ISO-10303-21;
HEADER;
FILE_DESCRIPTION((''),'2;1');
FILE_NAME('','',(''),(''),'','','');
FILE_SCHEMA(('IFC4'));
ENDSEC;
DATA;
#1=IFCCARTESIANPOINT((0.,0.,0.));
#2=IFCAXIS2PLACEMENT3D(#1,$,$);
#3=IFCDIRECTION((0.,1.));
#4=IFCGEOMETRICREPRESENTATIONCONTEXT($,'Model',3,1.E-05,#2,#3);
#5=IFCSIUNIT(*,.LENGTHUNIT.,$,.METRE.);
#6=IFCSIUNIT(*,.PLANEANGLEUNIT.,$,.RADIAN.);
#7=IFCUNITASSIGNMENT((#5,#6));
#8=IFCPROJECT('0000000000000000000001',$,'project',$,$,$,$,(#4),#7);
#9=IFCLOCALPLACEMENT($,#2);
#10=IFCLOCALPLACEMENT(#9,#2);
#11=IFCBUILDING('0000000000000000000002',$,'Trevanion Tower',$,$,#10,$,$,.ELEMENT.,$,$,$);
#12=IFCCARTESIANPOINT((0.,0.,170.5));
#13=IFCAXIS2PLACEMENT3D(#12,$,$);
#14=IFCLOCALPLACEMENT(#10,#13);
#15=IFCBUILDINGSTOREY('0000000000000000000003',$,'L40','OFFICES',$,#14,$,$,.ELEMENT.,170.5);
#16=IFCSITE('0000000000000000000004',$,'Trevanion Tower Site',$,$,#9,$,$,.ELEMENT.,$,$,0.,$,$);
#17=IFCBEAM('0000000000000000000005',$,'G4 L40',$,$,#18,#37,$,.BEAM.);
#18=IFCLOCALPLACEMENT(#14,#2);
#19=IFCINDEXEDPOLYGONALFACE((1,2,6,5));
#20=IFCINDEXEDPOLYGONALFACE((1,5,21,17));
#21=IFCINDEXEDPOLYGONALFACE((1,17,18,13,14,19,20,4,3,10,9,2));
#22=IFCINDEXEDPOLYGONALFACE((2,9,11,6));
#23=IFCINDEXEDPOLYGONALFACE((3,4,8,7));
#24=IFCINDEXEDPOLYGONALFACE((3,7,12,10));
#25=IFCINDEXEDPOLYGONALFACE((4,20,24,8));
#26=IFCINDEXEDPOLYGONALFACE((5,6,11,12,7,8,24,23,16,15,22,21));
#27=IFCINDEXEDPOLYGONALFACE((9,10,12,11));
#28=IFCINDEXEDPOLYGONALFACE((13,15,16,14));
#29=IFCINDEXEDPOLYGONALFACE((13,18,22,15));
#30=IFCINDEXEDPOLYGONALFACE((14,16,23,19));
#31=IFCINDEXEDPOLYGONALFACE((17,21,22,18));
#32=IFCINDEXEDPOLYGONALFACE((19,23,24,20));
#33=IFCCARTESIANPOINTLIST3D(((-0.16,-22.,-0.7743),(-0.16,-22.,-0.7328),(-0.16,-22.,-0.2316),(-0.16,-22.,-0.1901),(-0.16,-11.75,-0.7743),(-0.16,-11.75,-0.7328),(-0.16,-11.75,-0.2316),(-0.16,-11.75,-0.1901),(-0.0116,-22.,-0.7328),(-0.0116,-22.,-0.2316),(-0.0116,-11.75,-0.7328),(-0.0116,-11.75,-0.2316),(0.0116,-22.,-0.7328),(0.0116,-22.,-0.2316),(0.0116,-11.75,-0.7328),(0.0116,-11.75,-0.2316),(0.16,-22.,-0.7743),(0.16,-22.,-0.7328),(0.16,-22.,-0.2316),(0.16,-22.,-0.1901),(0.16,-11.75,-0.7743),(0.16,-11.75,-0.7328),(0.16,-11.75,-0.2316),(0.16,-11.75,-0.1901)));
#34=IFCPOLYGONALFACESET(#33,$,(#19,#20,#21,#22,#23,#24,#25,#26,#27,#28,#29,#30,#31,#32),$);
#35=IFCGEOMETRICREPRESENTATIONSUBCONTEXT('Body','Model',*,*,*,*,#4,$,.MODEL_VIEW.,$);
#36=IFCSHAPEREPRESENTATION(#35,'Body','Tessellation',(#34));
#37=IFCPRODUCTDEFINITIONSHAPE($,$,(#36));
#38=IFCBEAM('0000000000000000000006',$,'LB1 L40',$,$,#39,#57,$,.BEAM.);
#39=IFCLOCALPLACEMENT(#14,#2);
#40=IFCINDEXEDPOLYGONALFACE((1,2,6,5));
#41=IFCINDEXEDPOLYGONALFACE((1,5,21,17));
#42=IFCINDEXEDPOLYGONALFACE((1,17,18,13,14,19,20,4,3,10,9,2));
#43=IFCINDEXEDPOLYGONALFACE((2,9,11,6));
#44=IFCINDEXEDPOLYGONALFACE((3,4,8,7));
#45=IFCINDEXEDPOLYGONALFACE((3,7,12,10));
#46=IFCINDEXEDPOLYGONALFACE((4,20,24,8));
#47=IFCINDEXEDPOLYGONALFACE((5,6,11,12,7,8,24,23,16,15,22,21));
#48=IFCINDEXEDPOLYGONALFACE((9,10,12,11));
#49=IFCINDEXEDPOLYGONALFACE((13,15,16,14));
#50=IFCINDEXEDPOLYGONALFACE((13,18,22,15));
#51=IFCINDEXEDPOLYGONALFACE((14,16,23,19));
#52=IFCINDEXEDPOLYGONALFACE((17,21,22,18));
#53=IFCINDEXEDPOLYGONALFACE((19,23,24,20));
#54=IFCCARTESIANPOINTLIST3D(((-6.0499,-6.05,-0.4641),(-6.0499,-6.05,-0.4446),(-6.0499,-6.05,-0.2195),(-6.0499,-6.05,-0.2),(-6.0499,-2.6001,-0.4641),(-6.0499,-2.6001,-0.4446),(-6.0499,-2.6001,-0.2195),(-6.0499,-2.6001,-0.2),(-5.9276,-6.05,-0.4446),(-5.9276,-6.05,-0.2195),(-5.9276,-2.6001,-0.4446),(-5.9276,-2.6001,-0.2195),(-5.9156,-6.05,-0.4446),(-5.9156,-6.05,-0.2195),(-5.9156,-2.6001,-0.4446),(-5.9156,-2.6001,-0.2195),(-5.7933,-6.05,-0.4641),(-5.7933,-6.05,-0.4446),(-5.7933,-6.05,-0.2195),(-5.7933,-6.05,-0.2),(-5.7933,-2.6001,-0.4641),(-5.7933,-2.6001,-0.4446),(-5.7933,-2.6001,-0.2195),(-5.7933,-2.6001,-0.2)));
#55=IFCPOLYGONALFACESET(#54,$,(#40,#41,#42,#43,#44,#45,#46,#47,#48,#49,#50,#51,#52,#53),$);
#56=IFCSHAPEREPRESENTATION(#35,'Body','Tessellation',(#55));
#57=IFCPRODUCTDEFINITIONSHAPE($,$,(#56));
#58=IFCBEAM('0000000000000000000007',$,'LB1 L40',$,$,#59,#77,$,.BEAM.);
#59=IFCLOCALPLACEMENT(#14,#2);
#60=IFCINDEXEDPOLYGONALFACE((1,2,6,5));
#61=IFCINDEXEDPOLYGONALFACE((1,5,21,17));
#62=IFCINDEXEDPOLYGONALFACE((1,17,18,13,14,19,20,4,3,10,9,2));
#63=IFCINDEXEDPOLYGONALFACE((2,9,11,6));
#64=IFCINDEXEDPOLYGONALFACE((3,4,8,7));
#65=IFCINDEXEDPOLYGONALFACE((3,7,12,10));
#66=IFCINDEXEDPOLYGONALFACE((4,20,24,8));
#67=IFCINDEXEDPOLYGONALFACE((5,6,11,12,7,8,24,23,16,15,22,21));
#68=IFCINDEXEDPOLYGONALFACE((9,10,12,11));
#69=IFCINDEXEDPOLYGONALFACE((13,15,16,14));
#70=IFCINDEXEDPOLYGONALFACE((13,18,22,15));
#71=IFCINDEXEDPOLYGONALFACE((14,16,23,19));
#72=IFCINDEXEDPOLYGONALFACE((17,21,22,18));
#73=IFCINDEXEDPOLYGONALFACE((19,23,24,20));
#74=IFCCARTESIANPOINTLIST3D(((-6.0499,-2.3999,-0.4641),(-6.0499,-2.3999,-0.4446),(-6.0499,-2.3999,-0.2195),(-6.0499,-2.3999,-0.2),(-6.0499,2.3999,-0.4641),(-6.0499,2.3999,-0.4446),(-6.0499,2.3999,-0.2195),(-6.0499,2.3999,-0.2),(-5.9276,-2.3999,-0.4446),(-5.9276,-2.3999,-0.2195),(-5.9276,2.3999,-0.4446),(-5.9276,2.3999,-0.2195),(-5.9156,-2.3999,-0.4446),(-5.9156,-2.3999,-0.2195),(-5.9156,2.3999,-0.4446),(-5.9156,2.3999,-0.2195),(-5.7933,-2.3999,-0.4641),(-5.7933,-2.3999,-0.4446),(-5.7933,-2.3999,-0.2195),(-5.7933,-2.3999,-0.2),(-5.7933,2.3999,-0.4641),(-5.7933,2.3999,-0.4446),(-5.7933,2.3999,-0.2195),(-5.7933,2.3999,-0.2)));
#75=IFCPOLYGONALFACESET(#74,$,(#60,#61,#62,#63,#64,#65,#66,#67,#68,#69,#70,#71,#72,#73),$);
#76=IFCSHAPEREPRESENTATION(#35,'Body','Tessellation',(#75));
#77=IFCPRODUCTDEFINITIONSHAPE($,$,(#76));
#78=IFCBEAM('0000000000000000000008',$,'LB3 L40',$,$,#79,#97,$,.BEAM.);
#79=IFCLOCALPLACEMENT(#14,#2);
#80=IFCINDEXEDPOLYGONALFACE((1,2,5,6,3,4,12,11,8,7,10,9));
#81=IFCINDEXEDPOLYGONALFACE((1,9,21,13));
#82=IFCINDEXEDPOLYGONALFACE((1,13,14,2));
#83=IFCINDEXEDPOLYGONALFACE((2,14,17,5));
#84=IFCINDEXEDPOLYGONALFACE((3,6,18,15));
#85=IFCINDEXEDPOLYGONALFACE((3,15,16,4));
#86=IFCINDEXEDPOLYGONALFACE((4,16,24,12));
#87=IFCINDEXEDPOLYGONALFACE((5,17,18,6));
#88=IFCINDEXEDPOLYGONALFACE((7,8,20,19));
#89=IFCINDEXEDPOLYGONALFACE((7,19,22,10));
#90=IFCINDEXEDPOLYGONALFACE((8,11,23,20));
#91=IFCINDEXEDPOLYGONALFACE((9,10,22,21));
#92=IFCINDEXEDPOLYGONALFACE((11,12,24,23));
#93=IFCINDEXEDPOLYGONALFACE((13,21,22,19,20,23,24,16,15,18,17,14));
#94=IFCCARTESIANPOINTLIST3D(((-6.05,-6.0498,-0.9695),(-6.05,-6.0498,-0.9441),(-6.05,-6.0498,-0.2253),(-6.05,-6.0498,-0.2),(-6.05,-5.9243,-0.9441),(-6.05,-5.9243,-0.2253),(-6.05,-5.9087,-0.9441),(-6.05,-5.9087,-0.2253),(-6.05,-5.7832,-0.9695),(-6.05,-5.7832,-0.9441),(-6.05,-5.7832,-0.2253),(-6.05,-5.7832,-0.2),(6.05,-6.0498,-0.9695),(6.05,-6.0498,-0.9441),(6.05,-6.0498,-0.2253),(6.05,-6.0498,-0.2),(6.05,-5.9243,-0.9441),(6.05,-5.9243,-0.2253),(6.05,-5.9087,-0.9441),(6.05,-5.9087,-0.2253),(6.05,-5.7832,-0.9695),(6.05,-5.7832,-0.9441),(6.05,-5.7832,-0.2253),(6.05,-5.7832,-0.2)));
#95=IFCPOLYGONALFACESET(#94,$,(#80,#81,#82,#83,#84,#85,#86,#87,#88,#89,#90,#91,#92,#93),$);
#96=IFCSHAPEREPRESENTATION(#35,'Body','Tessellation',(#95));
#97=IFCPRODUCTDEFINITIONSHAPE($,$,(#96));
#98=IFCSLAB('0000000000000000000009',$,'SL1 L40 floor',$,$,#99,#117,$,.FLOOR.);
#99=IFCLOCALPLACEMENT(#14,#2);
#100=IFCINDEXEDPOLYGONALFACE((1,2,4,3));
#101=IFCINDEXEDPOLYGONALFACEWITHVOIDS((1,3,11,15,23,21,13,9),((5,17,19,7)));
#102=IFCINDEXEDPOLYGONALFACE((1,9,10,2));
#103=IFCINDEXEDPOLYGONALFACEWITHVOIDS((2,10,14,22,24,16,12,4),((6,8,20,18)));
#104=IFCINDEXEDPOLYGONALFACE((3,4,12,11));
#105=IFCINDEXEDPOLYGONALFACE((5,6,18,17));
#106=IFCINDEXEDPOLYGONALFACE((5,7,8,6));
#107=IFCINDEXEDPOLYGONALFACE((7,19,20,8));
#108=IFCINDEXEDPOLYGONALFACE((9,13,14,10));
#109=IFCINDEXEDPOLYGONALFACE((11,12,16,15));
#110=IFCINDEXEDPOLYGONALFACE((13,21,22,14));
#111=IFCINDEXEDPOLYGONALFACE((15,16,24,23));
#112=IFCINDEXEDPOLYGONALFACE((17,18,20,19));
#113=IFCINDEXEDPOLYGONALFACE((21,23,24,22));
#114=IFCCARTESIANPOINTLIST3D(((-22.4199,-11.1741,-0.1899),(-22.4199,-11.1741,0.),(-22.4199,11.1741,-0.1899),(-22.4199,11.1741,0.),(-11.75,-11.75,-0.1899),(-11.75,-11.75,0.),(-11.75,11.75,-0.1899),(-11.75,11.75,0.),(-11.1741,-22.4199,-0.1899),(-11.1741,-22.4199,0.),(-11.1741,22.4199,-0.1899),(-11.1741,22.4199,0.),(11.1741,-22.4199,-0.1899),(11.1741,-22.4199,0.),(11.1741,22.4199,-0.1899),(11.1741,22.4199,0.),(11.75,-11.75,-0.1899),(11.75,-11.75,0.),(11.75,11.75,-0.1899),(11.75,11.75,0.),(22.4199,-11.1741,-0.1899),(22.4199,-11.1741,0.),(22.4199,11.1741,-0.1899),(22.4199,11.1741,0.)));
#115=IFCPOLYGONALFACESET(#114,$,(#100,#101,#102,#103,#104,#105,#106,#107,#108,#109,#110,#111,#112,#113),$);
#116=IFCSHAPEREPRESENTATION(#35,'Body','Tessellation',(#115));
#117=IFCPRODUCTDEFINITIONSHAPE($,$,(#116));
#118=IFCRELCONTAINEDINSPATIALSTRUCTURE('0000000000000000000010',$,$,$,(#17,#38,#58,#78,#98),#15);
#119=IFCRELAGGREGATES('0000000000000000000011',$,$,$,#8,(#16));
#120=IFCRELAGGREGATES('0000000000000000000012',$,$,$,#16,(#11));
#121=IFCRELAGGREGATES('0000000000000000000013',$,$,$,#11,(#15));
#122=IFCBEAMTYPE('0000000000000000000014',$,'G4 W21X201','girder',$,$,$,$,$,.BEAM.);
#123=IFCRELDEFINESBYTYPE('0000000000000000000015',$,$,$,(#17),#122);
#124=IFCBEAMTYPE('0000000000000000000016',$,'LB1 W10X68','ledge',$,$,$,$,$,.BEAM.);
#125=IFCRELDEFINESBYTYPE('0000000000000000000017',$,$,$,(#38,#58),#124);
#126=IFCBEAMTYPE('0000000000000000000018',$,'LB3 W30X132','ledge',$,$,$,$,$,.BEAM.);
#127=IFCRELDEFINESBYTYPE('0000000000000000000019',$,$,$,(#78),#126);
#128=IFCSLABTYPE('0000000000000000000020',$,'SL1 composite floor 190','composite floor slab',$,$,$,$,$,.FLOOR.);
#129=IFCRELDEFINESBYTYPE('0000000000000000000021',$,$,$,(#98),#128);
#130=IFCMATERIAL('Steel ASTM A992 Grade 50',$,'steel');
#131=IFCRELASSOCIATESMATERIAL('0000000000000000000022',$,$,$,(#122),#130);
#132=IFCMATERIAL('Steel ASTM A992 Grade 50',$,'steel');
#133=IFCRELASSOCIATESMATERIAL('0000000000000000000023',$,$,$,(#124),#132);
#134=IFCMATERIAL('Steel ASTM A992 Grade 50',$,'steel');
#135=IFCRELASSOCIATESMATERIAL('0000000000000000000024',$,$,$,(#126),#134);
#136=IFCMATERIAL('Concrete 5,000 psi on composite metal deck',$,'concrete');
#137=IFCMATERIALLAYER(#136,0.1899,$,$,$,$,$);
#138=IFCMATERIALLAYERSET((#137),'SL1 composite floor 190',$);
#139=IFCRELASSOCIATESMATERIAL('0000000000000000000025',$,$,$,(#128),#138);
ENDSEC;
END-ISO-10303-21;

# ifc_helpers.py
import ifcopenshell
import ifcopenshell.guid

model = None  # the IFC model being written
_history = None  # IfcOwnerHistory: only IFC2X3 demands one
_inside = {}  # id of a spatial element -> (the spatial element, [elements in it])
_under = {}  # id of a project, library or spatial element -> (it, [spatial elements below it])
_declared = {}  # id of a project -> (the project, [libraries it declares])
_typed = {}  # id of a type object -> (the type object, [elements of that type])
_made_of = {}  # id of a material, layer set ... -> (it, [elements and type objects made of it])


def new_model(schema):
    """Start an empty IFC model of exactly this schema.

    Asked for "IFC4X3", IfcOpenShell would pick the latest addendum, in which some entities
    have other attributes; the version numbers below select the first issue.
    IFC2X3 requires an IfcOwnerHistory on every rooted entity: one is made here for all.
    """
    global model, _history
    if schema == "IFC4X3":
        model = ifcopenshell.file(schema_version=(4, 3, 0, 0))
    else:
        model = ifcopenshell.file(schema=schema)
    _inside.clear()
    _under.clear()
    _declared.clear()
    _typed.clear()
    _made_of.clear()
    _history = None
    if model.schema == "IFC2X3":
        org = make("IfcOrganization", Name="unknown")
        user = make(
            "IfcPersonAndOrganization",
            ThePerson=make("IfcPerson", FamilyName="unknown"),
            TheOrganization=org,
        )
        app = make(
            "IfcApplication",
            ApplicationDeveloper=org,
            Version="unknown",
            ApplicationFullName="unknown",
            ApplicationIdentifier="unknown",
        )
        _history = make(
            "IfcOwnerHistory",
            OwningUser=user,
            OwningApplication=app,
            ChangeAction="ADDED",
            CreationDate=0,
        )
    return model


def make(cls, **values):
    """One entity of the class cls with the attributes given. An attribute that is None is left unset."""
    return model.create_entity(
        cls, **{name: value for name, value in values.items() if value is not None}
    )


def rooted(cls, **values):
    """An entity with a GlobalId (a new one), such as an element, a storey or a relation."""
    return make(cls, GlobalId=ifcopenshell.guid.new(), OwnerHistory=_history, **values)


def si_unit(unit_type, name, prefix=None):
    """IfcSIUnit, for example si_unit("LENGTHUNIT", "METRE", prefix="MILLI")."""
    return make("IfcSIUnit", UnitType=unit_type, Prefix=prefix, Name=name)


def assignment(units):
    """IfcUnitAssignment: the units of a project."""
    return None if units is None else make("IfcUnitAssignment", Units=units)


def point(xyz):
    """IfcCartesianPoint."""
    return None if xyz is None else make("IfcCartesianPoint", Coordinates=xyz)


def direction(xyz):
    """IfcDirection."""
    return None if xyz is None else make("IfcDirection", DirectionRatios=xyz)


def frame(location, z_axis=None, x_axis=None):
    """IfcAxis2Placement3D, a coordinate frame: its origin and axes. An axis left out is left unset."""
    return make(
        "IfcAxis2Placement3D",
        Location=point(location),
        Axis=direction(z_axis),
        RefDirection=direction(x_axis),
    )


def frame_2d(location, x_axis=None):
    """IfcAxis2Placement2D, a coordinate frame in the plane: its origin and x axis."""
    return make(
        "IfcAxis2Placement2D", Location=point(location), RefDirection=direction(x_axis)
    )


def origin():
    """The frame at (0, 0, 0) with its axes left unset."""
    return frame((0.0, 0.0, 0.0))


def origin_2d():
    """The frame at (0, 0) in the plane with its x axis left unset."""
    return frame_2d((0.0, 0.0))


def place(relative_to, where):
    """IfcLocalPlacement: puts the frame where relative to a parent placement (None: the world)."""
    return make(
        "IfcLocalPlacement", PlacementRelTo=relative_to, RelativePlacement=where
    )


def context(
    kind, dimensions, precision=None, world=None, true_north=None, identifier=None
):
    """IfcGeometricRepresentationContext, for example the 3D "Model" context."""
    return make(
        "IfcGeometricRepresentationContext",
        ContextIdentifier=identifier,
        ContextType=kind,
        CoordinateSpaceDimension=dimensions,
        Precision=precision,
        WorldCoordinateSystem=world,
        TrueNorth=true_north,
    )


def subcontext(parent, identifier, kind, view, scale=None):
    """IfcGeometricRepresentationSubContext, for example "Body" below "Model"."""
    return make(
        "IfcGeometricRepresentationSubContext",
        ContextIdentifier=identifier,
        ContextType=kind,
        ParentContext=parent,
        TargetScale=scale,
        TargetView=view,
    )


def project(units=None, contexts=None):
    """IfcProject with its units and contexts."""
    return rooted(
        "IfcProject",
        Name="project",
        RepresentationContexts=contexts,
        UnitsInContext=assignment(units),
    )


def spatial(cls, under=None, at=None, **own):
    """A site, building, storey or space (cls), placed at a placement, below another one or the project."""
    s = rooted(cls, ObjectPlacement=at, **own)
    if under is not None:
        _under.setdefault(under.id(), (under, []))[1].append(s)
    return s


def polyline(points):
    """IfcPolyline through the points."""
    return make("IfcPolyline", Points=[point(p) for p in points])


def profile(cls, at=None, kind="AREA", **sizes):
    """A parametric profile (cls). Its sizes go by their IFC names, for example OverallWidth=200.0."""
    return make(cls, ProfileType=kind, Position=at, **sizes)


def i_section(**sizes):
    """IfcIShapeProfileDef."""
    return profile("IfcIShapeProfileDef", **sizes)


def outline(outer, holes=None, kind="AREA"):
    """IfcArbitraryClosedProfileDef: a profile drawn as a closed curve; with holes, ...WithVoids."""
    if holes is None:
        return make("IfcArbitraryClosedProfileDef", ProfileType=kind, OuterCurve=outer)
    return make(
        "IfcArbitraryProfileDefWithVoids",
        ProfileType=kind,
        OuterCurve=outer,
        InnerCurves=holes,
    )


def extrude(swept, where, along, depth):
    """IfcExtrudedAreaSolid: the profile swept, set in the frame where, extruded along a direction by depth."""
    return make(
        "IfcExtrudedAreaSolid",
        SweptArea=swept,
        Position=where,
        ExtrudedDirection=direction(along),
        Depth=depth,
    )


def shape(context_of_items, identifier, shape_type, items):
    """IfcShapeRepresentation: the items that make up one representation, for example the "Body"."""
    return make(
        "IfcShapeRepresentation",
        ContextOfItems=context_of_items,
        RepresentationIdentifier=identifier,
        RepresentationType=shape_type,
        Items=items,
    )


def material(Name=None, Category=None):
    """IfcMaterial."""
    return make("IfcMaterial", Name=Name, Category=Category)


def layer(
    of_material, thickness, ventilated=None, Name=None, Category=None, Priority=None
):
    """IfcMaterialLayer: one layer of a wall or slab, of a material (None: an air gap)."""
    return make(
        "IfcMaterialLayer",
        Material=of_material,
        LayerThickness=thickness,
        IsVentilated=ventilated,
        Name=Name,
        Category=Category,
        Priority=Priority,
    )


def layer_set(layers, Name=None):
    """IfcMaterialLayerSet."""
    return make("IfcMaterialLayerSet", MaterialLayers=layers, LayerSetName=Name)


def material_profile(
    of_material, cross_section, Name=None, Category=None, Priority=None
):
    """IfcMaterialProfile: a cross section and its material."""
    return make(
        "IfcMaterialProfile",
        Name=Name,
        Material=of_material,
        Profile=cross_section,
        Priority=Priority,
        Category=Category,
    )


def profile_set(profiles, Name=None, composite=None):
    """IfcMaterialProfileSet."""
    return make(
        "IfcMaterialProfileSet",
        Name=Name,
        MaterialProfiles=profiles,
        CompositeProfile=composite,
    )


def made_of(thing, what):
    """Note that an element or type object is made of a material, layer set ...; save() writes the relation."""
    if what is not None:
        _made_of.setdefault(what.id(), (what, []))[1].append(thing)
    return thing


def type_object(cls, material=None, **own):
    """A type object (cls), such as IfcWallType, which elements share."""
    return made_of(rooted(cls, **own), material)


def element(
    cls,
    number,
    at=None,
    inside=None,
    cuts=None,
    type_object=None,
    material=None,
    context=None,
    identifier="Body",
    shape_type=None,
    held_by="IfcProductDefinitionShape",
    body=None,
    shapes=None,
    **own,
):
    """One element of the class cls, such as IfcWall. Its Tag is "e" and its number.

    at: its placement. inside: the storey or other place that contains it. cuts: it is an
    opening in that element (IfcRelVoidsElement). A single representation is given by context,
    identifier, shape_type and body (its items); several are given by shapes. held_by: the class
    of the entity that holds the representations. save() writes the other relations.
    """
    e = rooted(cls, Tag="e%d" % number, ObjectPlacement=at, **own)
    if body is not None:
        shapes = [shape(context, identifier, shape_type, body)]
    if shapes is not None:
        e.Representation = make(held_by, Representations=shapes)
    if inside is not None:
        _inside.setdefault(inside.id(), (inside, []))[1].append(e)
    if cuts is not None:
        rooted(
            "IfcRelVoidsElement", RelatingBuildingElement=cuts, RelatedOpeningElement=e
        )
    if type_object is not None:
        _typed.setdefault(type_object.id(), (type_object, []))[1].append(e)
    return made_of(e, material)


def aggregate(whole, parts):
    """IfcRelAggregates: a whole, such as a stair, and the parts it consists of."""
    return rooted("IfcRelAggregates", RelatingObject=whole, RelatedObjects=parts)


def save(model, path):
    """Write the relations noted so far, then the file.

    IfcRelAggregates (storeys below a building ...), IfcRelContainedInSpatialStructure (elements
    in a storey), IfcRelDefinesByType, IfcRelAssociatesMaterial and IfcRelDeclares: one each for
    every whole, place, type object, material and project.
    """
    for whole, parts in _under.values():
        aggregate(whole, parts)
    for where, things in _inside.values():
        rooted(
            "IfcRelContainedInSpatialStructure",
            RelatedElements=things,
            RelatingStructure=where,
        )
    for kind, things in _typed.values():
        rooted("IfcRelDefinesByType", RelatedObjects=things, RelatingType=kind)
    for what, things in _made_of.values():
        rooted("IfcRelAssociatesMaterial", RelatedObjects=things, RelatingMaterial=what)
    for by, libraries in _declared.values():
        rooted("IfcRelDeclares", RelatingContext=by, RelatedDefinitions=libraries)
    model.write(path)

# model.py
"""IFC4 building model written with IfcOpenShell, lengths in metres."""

from ifc_helpers import new_model, si_unit, direction, frame, origin, origin_2d, place, context, subcontext, project, spatial, polyline, i_section, outline, extrude, material, layer, layer_set, material_profile, profile_set, type_object, element, save


model = new_model("IFC4")

# Units and contexts
model_context = context("Model", 3, precision=1e-05, world=origin(), true_north=direction((0.0, 1.0)))
body_context = subcontext(model_context, "Body", "Model", "MODEL_VIEW")
ifc_project = project(units=[si_unit("LENGTHUNIT", "METRE"), si_unit("PLANEANGLEUNIT", "RADIAN")], contexts=[model_context])

# Site, building, storey
site_placement = place(None, origin())
site = spatial("IfcSite", under=ifc_project, at=site_placement, Name="Trevanion Tower Site", CompositionType="ELEMENT", RefElevation=0.0)
building_placement = place(site_placement, origin())
building = spatial("IfcBuilding", under=site, at=building_placement, Name="Trevanion Tower", CompositionType="ELEMENT")
storey_placement = place(building_placement, frame((0.0, 0.0, 170.5)))
storey = spatial("IfcBuildingStorey", under=building, at=storey_placement, Name="L40", Description="OFFICES", CompositionType="ELEMENT", Elevation=170.5)

# Beams
ifc_material_1 = material(Name="Steel ASTM A992 Grade 50", Category="steel")
ifc_material_profile_1 = material_profile(ifc_material_1, i_section(OverallWidth=0.3201, OverallDepth=0.5842, WebThickness=0.0232, FlangeThickness=0.0415, at=origin_2d()), Name="W21X201")
ifc_profile_set_1 = profile_set([ifc_material_profile_1], Name="Steel ASTM A992 Grade 50")
beam_type_1 = type_object("IfcBeamType", Name="G4 W21X201", Description="girder", PredefinedType="BEAM", material=ifc_profile_set_1)
beam_1_placement = place(storey_placement, frame((0.0, -11.75, -0.4822), z_axis=(0.0, -1.0, 0.0), x_axis=(1.0, 0.0, 0.0)))
element("IfcBeam", 1, at=beam_1_placement, inside=storey, type_object=beam_type_1, Name="G4 L40", PredefinedType="BEAM", context=body_context, shape_type="SweptSolid", body=[
    extrude(i_section(OverallWidth=0.3201, OverallDepth=0.5842, WebThickness=0.0232, FlangeThickness=0.0415, at=origin_2d()), origin(), (0.0, 0.0, 1.0), 10.25),
])
ifc_material_2 = material(Name="Steel ASTM A992 Grade 50", Category="steel")
ifc_material_profile_2 = material_profile(ifc_material_2, i_section(OverallWidth=0.2566, OverallDepth=0.2642, WebThickness=0.012, FlangeThickness=0.0195, at=origin_2d()), Name="W10X68")
ifc_profile_set_2 = profile_set([ifc_material_profile_2], Name="Steel ASTM A992 Grade 50")
beam_type_2 = type_object("IfcBeamType", Name="LB1 W10X68", Description="ledge", PredefinedType="BEAM", material=ifc_profile_set_2)
beam_2_placement = place(storey_placement, frame((-5.9216, -6.05, -0.332), z_axis=(0.0, 1.0, 0.0), x_axis=(-1.0, 0.0, 0.0)))
element("IfcBeam", 2, at=beam_2_placement, inside=storey, type_object=beam_type_2, Name="LB1 L40", PredefinedType="BEAM", context=body_context, shape_type="SweptSolid", body=[
    extrude(i_section(OverallWidth=0.2566, OverallDepth=0.2642, WebThickness=0.012, FlangeThickness=0.0195, at=origin_2d()), origin(), (0.0, 0.0, 1.0), 3.45),
])
beam_3_placement = place(storey_placement, frame((-5.9216, -2.3999, -0.332), z_axis=(0.0, 1.0, 0.0), x_axis=(-1.0, 0.0, 0.0)))
element("IfcBeam", 3, at=beam_3_placement, inside=storey, type_object=beam_type_2, Name="LB1 L40", PredefinedType="BEAM", context=body_context, shape_type="SweptSolid", body=[
    extrude(i_section(OverallWidth=0.2566, OverallDepth=0.2642, WebThickness=0.012, FlangeThickness=0.0195, at=origin_2d()), origin(), (0.0, 0.0, 1.0), 4.7998),
])
ifc_material_3 = material(Name="Steel ASTM A992 Grade 50", Category="steel")
ifc_material_profile_3 = material_profile(ifc_material_3, i_section(OverallWidth=0.2666, OverallDepth=0.7695, WebThickness=0.0156, FlangeThickness=0.0254, at=origin_2d()), Name="W30X132")
ifc_profile_set_3 = profile_set([ifc_material_profile_3], Name="Steel ASTM A992 Grade 50")
beam_type_3 = type_object("IfcBeamType", Name="LB3 W30X132", Description="ledge", PredefinedType="BEAM", material=ifc_profile_set_3)
beam_4_placement = place(storey_placement, frame((-6.05, -5.9165, -0.5847), z_axis=(1.0, 0.0, 0.0), x_axis=(0.0, 1.0, 0.0)))
element("IfcBeam", 4, at=beam_4_placement, inside=storey, type_object=beam_type_3, Name="LB3 L40", PredefinedType="BEAM", context=body_context, shape_type="SweptSolid", body=[
    extrude(i_section(OverallWidth=0.2666, OverallDepth=0.7695, WebThickness=0.0156, FlangeThickness=0.0254, at=origin_2d()), origin(), (0.0, 0.0, 1.0), 12.1001),
])

# Slab
ifc_material_4 = material(Name="Concrete 5,000 psi on composite metal deck", Category="concrete")
ifc_layer_1 = layer(ifc_material_4, 0.1899)
ifc_layer_set_1 = layer_set([ifc_layer_1], Name="SL1 composite floor 190")
slab_type = type_object("IfcSlabType", Name="SL1 composite floor 190", Description="composite floor slab", PredefinedType="FLOOR", material=ifc_layer_set_1)
slab_placement = place(storey_placement, frame((0.0, 0.0, -0.1899)))
element("IfcSlab", 5, at=slab_placement, inside=storey, type_object=slab_type, Name="SL1 L40 floor", PredefinedType="FLOOR", context=body_context, shape_type="SweptSolid", body=[
    extrude(outline(polyline([(22.4199, -11.1741), (22.4199, 11.1741), (11.1741, 22.4199), (-11.1741, 22.4199), (-22.4199, 11.1741), (-22.4199, -11.1741), (-11.1741, -22.4199), (11.1741, -22.4199), (22.4199, -11.1741)]), holes=[polyline([(11.75, -11.75), (11.75, 11.75), (-11.75, 11.75), (-11.75, -11.75), (11.75, -11.75)])]), origin(), (0.0, 0.0, 1.0), 0.1899),
])

save(model, "model.ifc")
